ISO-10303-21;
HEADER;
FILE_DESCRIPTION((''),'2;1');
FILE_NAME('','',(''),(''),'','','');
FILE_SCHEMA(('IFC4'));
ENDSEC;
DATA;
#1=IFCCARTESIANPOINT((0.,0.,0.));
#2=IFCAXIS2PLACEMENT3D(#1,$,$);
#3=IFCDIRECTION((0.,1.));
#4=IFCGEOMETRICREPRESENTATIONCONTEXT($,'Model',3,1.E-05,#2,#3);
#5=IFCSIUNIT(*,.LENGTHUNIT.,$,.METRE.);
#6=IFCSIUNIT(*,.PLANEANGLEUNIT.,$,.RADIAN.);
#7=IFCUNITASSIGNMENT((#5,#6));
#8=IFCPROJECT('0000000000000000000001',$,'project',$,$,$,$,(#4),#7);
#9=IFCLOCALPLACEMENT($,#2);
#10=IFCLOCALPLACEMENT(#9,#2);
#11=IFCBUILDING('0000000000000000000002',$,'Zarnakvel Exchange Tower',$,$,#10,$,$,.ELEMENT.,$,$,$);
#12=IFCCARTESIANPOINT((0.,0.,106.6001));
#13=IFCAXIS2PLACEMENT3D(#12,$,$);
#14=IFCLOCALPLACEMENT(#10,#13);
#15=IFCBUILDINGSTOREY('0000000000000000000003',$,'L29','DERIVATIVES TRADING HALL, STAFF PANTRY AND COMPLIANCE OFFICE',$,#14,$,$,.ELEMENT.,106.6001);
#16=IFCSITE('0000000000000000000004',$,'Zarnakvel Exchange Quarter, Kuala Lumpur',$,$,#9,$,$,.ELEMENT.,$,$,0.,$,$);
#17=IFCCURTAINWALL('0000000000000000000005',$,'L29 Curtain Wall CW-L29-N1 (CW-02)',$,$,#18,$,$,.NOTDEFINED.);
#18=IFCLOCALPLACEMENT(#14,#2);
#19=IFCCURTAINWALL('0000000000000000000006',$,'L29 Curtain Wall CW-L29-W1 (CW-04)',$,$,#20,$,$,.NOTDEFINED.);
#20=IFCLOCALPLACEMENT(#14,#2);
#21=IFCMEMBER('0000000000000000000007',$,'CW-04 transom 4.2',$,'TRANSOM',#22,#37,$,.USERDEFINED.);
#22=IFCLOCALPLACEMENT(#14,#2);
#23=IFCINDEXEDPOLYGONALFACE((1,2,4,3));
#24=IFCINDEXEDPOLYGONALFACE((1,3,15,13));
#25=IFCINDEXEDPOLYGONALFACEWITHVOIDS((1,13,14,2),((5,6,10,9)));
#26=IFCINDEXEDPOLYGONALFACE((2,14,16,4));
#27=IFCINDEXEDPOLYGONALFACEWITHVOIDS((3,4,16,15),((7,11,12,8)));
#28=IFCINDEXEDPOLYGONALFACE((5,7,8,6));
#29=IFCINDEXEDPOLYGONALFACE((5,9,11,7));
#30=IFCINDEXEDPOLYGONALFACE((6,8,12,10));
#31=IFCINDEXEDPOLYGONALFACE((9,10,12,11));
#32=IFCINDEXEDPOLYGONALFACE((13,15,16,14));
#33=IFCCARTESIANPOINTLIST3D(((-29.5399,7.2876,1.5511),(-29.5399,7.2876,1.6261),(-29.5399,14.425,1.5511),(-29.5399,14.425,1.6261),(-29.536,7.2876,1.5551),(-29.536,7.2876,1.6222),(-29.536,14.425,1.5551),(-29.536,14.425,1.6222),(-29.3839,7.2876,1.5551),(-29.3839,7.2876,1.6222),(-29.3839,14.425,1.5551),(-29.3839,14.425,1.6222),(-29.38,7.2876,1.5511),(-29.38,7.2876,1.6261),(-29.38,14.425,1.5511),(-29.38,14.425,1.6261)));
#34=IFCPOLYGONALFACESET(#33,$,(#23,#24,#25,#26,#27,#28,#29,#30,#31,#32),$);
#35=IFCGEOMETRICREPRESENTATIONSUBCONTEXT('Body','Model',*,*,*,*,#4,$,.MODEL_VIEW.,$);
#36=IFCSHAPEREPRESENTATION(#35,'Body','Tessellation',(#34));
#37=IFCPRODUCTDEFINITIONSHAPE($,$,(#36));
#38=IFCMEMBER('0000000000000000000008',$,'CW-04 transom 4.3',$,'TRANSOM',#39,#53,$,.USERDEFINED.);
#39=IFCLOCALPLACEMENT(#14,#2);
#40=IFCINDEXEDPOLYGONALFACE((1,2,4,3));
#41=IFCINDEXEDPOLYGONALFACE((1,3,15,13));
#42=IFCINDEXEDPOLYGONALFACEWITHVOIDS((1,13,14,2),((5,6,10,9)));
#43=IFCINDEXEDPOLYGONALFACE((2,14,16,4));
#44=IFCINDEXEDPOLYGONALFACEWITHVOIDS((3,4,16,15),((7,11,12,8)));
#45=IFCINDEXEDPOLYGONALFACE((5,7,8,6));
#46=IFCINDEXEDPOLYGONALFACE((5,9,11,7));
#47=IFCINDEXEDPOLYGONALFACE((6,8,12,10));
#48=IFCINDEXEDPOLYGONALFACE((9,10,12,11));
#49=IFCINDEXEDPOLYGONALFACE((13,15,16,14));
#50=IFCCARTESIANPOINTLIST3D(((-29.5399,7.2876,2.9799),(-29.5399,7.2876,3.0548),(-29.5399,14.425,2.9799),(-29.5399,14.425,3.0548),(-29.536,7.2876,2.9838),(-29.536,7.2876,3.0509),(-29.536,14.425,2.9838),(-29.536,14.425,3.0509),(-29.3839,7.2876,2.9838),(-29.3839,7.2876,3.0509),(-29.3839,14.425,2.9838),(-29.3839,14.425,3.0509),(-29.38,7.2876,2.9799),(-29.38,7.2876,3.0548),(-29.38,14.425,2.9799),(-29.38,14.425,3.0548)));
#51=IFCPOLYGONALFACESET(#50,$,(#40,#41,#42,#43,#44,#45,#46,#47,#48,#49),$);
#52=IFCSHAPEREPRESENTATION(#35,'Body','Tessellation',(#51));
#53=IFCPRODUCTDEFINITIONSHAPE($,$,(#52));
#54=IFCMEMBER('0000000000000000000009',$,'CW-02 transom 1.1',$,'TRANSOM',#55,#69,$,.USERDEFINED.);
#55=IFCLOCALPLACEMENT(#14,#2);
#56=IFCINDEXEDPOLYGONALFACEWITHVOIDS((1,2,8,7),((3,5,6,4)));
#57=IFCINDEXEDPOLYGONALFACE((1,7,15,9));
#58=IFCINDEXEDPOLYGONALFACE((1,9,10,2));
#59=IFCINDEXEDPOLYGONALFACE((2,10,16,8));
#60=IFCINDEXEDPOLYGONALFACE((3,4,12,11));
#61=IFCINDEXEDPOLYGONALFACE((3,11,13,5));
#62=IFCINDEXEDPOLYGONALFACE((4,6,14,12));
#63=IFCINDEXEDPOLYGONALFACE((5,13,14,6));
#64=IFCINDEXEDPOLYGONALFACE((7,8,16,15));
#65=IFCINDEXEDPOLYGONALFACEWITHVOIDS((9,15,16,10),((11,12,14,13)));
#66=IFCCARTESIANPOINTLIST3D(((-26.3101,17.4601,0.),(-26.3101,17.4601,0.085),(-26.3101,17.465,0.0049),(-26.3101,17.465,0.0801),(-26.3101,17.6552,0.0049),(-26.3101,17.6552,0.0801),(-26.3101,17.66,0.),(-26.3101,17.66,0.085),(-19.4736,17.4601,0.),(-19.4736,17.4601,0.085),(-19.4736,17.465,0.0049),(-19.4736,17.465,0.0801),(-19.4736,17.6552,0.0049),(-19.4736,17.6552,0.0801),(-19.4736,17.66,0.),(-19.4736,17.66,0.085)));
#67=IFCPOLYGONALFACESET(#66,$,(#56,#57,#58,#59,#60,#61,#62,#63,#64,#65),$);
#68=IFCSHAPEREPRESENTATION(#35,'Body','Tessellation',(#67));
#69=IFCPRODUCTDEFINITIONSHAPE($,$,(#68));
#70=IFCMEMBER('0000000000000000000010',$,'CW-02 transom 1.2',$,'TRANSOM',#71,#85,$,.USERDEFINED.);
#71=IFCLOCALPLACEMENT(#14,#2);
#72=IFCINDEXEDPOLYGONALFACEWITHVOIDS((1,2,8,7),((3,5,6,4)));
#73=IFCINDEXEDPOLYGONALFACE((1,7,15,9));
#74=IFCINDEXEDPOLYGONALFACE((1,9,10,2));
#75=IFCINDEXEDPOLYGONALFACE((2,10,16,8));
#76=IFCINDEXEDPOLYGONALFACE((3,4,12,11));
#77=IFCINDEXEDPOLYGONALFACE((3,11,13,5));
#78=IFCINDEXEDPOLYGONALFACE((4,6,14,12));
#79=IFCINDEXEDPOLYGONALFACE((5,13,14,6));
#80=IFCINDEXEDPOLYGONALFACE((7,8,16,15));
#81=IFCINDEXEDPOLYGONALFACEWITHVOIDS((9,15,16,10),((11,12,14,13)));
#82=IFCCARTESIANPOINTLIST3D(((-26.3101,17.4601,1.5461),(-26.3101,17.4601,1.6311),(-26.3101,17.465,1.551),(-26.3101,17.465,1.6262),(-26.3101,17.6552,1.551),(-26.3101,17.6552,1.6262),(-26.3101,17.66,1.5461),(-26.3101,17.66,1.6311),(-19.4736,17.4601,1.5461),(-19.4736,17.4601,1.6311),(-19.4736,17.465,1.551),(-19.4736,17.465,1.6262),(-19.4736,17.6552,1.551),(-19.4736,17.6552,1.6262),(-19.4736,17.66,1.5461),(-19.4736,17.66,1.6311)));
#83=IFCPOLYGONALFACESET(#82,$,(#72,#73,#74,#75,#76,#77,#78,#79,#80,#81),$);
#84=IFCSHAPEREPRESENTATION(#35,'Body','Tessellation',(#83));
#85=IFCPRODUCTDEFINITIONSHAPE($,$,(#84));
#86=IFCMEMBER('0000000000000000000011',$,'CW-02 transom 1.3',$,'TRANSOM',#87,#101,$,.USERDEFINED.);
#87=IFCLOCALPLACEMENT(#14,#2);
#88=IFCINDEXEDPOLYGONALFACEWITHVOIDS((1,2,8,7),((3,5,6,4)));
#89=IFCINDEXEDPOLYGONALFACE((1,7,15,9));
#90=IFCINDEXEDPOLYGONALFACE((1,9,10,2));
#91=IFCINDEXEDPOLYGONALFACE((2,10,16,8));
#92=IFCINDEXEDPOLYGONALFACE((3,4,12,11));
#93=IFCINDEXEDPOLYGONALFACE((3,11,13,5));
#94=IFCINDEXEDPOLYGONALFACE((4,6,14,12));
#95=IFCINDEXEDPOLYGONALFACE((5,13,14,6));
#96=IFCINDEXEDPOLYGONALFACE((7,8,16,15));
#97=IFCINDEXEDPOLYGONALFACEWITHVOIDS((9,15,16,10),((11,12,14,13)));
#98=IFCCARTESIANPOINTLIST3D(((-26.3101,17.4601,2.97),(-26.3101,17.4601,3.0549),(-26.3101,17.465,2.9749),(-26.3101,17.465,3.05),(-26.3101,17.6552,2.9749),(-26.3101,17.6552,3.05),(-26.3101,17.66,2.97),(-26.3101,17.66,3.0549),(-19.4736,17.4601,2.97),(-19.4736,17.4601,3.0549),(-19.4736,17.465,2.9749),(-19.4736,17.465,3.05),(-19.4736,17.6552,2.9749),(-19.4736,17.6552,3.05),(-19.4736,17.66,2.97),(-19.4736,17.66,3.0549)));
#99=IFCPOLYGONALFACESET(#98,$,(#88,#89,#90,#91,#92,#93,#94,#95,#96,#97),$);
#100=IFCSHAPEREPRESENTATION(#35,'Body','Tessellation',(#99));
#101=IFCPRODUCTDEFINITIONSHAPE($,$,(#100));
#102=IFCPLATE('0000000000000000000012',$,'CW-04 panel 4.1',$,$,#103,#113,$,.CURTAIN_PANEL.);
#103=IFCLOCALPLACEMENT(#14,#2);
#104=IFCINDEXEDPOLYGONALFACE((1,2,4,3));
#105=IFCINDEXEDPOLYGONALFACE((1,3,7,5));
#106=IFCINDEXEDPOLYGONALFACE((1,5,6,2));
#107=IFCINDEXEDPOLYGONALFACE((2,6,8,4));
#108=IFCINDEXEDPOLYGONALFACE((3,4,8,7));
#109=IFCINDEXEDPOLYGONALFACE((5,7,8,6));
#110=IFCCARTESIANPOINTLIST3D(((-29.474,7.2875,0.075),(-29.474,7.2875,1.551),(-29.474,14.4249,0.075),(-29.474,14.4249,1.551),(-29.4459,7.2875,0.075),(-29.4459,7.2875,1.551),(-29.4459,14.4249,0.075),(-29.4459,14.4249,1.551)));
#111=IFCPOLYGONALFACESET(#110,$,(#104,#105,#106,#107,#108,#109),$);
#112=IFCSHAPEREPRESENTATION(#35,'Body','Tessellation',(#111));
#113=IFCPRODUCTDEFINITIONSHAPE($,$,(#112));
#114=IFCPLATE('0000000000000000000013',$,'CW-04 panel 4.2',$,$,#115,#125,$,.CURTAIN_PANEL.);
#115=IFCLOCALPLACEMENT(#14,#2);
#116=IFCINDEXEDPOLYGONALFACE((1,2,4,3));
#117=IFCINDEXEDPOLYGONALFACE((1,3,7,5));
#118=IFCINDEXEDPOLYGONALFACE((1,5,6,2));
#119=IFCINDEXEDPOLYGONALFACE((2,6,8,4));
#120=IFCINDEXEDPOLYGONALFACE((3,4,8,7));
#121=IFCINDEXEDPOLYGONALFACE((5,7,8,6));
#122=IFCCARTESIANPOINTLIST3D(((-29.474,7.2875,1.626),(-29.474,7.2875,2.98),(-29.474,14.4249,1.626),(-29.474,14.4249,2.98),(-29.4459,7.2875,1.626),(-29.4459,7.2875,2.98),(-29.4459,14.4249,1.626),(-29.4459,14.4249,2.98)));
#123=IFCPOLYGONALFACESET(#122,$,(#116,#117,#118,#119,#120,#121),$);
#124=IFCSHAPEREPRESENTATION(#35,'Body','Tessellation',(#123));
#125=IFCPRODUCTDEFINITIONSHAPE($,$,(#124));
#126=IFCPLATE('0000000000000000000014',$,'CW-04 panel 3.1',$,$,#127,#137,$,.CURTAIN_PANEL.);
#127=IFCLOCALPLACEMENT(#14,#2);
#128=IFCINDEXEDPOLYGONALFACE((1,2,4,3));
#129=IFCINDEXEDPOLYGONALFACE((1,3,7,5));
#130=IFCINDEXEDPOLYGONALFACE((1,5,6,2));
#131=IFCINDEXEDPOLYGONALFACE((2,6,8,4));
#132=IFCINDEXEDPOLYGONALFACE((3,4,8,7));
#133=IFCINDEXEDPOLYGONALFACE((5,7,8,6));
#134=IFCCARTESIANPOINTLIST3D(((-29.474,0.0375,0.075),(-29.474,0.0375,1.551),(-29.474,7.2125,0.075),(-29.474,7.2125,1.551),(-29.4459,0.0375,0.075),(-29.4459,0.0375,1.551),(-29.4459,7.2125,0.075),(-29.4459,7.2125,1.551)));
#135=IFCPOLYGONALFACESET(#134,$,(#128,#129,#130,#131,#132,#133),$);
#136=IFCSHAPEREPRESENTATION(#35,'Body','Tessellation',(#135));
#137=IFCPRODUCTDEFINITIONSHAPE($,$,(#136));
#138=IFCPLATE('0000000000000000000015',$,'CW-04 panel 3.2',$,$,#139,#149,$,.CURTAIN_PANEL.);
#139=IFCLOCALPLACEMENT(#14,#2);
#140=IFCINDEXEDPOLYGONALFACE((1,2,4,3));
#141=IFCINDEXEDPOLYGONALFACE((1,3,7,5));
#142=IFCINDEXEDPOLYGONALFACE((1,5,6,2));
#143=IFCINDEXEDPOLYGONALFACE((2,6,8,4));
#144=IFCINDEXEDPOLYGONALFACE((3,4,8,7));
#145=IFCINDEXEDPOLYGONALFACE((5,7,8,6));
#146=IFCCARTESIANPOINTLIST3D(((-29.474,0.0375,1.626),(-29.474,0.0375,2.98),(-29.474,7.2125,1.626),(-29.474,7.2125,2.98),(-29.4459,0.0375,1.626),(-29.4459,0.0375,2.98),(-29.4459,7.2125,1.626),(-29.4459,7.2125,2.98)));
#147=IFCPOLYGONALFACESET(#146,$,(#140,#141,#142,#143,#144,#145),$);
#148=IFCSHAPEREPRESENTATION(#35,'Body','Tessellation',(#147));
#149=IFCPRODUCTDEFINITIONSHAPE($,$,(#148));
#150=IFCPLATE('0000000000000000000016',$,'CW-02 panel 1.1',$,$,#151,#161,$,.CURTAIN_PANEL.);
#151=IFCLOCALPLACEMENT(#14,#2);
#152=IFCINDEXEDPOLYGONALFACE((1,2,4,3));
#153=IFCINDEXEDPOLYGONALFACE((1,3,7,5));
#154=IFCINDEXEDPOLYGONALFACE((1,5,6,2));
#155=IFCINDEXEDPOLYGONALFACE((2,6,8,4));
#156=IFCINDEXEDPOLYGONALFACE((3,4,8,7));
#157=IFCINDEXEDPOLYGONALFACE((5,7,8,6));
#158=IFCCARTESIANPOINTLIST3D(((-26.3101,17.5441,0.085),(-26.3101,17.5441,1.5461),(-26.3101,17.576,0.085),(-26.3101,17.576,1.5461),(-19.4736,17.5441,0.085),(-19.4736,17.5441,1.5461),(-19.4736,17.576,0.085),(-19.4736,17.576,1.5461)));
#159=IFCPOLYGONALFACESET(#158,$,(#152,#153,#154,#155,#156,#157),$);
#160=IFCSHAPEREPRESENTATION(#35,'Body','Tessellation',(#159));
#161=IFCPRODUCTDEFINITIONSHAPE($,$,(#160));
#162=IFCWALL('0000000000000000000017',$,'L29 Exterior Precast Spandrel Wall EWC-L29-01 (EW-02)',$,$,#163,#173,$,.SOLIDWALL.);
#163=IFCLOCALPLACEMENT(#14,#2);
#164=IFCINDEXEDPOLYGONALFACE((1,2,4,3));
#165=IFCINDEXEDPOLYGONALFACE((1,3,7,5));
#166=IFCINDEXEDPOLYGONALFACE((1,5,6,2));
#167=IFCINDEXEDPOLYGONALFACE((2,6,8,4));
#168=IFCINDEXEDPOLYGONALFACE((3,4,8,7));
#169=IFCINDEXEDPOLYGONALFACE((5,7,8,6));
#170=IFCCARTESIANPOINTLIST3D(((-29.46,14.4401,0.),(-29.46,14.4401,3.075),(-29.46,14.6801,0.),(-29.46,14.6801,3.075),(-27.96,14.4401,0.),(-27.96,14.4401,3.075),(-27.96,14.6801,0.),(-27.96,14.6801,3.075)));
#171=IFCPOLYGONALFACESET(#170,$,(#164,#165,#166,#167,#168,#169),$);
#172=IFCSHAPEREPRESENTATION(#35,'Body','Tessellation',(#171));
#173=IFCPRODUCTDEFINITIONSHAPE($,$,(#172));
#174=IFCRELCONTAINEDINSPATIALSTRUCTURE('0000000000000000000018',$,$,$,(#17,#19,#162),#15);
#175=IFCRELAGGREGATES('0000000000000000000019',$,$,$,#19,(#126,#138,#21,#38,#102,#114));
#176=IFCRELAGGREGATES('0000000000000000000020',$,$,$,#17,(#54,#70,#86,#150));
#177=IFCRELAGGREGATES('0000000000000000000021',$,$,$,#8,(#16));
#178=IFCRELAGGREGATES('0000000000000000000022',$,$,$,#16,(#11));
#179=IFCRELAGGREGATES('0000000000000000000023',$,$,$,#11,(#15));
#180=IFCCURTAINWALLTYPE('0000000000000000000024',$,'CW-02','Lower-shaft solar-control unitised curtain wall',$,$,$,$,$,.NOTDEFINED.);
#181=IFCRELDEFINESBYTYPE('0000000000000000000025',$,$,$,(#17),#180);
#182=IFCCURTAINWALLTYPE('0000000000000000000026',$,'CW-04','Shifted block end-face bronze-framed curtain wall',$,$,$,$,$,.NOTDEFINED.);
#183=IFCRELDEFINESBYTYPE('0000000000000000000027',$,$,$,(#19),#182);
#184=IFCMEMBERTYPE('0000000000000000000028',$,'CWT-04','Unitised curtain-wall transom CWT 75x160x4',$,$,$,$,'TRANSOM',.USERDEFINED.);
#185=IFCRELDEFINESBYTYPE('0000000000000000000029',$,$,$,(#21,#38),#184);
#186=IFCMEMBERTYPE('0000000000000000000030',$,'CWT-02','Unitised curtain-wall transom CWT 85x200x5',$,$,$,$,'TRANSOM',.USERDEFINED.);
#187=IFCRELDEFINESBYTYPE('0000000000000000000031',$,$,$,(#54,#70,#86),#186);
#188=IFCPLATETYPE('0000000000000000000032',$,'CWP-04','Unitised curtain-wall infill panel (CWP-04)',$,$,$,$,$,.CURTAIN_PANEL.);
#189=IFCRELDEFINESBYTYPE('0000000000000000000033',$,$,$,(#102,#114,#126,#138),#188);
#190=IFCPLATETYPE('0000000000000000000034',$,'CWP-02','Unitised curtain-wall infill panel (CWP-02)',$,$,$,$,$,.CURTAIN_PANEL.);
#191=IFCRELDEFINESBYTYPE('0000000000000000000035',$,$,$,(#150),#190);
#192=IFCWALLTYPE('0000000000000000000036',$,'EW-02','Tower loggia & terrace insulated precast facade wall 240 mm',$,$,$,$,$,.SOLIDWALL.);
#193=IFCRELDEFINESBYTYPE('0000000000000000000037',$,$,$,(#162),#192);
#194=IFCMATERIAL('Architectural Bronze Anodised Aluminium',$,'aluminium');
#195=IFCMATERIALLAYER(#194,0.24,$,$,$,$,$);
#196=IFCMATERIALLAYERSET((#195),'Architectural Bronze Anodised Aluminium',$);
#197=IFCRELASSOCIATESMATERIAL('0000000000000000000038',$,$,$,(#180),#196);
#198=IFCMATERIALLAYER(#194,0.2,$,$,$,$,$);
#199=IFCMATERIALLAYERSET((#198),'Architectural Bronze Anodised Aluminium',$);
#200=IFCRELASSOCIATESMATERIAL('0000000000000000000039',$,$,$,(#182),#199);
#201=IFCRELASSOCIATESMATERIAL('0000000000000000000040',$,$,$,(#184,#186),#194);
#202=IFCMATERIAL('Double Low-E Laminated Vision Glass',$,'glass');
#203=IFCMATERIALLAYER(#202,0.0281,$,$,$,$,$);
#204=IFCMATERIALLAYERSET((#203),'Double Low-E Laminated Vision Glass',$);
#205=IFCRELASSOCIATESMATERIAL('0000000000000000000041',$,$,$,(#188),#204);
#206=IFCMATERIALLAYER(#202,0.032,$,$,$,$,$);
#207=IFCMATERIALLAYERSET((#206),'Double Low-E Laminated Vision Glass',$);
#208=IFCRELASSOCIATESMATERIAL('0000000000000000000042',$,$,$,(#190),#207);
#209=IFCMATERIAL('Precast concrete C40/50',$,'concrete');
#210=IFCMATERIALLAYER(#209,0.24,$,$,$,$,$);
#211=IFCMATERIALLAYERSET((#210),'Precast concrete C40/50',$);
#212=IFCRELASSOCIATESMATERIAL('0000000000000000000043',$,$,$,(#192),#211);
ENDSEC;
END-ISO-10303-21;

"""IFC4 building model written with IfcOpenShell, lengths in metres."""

from ifc_helpers import new_model, si_unit, direction, frame, frame_2d, origin, origin_2d, place, context, subcontext, project, spatial, rectangle, hollow_rectangle, extrude, source, transform, mapped, material, layer, layer_set, material_profile, profile_set, type_object, element, aggregate, save


model = new_model("IFC4")

# Units and contexts
model_context = context("Model", 3, precision=1e-05, world=origin(), true_north=direction((0.0, 1.0)))
body_context = subcontext(model_context, "Body", "Model", "MODEL_VIEW")
ifc_project = project(units=[si_unit("LENGTHUNIT", "METRE"), si_unit("PLANEANGLEUNIT", "RADIAN")], contexts=[model_context])

# Site, building, storey
site_placement = place(None, origin())
site = spatial("IfcSite", under=ifc_project, at=site_placement, Name="Zarnakvel Exchange Quarter, Kuala Lumpur", CompositionType="ELEMENT", RefElevation=0.0)
building_placement = place(site_placement, origin())
building = spatial("IfcBuilding", under=site, at=building_placement, Name="Zarnakvel Exchange Tower", CompositionType="ELEMENT")
storey_placement = place(building_placement, frame((0.0, 0.0, 106.6001)))
storey = spatial("IfcBuildingStorey", under=building, at=storey_placement, Name="L29", Description="DERIVATIVES TRADING HALL, STAFF PANTRY AND COMPLIANCE OFFICE", CompositionType="ELEMENT", Elevation=106.6001)

# Curtain wall
ifc_material_1 = material(Name="Architectural Bronze Anodised Aluminium", Category="aluminium")
ifc_layer_1 = layer(ifc_material_1, 0.24)
ifc_layer_set_1 = layer_set([ifc_layer_1], Name="Architectural Bronze Anodised Aluminium")
curtain_wall_type_1 = type_object("IfcCurtainWallType", Name="CW-02", Description="Lower-shaft solar-control unitised curtain wall", PredefinedType="NOTDEFINED", material=ifc_layer_set_1)
curtain_wall_1_placement = place(storey_placement, origin())
curtain_wall_1 = element("IfcCurtainWall", 1, at=curtain_wall_1_placement, inside=storey, type_object=curtain_wall_type_1, Name="L29 Curtain Wall CW-L29-N1 (CW-02)", PredefinedType="NOTDEFINED")

# Curtain wall, members
ifc_layer_2 = layer(ifc_material_1, 0.2)
ifc_layer_set_2 = layer_set([ifc_layer_2], Name="Architectural Bronze Anodised Aluminium")
curtain_wall_type_2 = type_object("IfcCurtainWallType", Name="CW-04", Description="Shifted block end-face bronze-framed curtain wall", PredefinedType="NOTDEFINED", material=ifc_layer_set_2)
curtain_wall_2_placement = place(storey_placement, origin())
curtain_wall_2 = element("IfcCurtainWall", 2, at=curtain_wall_2_placement, inside=storey, type_object=curtain_wall_type_2, Name="L29 Curtain Wall CW-L29-W1 (CW-04)", PredefinedType="NOTDEFINED")
ifc_material_profile_1 = material_profile(ifc_material_1, hollow_rectangle(XDim=0.1599, YDim=0.075, WallThickness=0.0039, at=origin_2d()))
ifc_profile_set_1 = profile_set([ifc_material_profile_1], Name="Architectural Bronze Anodised Aluminium")
member_type_1 = type_object("IfcMemberType", Name="CWT-04", Description="Unitised curtain-wall transom CWT 75x160x4", ElementType="TRANSOM", PredefinedType="USERDEFINED", material=ifc_profile_set_1)
shared_shape_1 = source(origin(), body_context, "Body", "SweptSolid", [
    extrude(hollow_rectangle(XDim=0.1599, YDim=0.075, WallThickness=0.0039, at=origin_2d()), origin(), (0.0, 0.0, 1.0), 7.1375),
])
member_1_placement = place(storey_placement, frame((-29.46, 7.2876, 1.5886), z_axis=(0.0, 1.0, 0.0), x_axis=(-1.0, 0.0, 0.0)))
member_1 = element("IfcMember", 3, at=member_1_placement, type_object=member_type_1, Name="CW-04 transom 4.2", ObjectType="TRANSOM", PredefinedType="USERDEFINED", context=body_context, shape_type="MappedRepresentation", body=[
    mapped(shared_shape_1, transform((0.0, 0.0, 0.0), x_axis=(1.0, 0.0, 0.0), y_axis=(0.0, 1.0, 0.0), z_axis=(0.0, 0.0, 1.0), scale=1.0)),
])
member_2_placement = place(storey_placement, frame((-29.46, 7.2876, 3.0173), z_axis=(0.0, 1.0, 0.0), x_axis=(-1.0, 0.0, 0.0)))
member_2 = element("IfcMember", 4, at=member_2_placement, type_object=member_type_1, Name="CW-04 transom 4.3", ObjectType="TRANSOM", PredefinedType="USERDEFINED", context=body_context, shape_type="MappedRepresentation", body=[
    mapped(shared_shape_1, transform((0.0, 0.0, 0.0), x_axis=(1.0, 0.0, 0.0), y_axis=(0.0, 1.0, 0.0), z_axis=(0.0, 0.0, 1.0), scale=1.0)),
])

# Members
ifc_material_profile_2 = material_profile(ifc_material_1, hollow_rectangle(XDim=0.2, YDim=0.085, WallThickness=0.0049, at=origin_2d()))
ifc_profile_set_2 = profile_set([ifc_material_profile_2], Name="Architectural Bronze Anodised Aluminium")
member_type_2 = type_object("IfcMemberType", Name="CWT-02", Description="Unitised curtain-wall transom CWT 85x200x5", ElementType="TRANSOM", PredefinedType="USERDEFINED", material=ifc_profile_set_2)
shared_shape_2 = source(origin(), body_context, "Body", "SweptSolid", [
    extrude(hollow_rectangle(XDim=0.2, YDim=0.085, WallThickness=0.0049, at=origin_2d()), origin(), (0.0, 0.0, 1.0), 6.8364),
])
member_3_placement = place(storey_placement, frame((-26.3101, 17.5601, 0.0425), z_axis=(1.0, 0.0, 0.0), x_axis=(0.0, 1.0, 0.0)))
member_3 = element("IfcMember", 5, at=member_3_placement, type_object=member_type_2, Name="CW-02 transom 1.1", ObjectType="TRANSOM", PredefinedType="USERDEFINED", context=body_context, shape_type="MappedRepresentation", body=[
    mapped(shared_shape_2, transform((0.0, 0.0, 0.0), x_axis=(1.0, 0.0, 0.0), y_axis=(0.0, 1.0, 0.0), z_axis=(0.0, 0.0, 1.0), scale=1.0)),
])
member_4_placement = place(storey_placement, frame((-26.3101, 17.5601, 1.5886), z_axis=(1.0, 0.0, 0.0), x_axis=(0.0, 1.0, 0.0)))
member_4 = element("IfcMember", 6, at=member_4_placement, type_object=member_type_2, Name="CW-02 transom 1.2", ObjectType="TRANSOM", PredefinedType="USERDEFINED", context=body_context, shape_type="MappedRepresentation", body=[
    mapped(shared_shape_2, transform((0.0, 0.0, 0.0), x_axis=(1.0, 0.0, 0.0), y_axis=(0.0, 1.0, 0.0), z_axis=(0.0, 0.0, 1.0), scale=1.0)),
])
member_5_placement = place(storey_placement, frame((-26.3101, 17.5601, 3.0125), z_axis=(1.0, 0.0, 0.0), x_axis=(0.0, 1.0, 0.0)))
member_5 = element("IfcMember", 7, at=member_5_placement, type_object=member_type_2, Name="CW-02 transom 1.3", ObjectType="TRANSOM", PredefinedType="USERDEFINED", context=body_context, shape_type="MappedRepresentation", body=[
    mapped(shared_shape_2, transform((0.0, 0.0, 0.0), x_axis=(1.0, 0.0, 0.0), y_axis=(0.0, 1.0, 0.0), z_axis=(0.0, 0.0, 1.0), scale=1.0)),
])

# Plates
ifc_material_2 = material(Name="Double Low-E Laminated Vision Glass", Category="glass")
ifc_layer_3 = layer(ifc_material_2, 0.0281)
ifc_layer_set_3 = layer_set([ifc_layer_3], Name="Double Low-E Laminated Vision Glass")
plate_type_1 = type_object("IfcPlateType", Name="CWP-04", Description="Unitised curtain-wall infill panel (CWP-04)", PredefinedType="CURTAIN_PANEL", material=ifc_layer_set_3)
shared_shape_3 = source(origin(), body_context, "Body", "SweptSolid", [
    extrude(rectangle(XDim=7.1375, YDim=0.0281, at=origin_2d()), origin(), (0.0, 0.0, 1.0), 1.4761),
])
plate_1_placement = place(storey_placement, frame((-29.46, 10.8562, 0.075), z_axis=(0.0, 0.0, 1.0), x_axis=(0.0, 1.0, 0.0)))
plate_1 = element("IfcPlate", 8, at=plate_1_placement, type_object=plate_type_1, Name="CW-04 panel 4.1", PredefinedType="CURTAIN_PANEL", context=body_context, shape_type="MappedRepresentation", body=[
    mapped(shared_shape_3, transform((0.0, 0.0, 0.0), x_axis=(1.0, 0.0, 0.0), y_axis=(0.0, 1.0, 0.0), z_axis=(0.0, 0.0, 1.0), scale=1.0)),
])
shared_shape_4 = source(origin(), body_context, "Body", "SweptSolid", [
    extrude(rectangle(XDim=7.1375, YDim=0.0281, at=origin_2d()), origin(), (0.0, 0.0, 1.0), 1.354),
])
plate_2_placement = place(storey_placement, frame((-29.46, 10.8562, 1.626), z_axis=(0.0, 0.0, 1.0), x_axis=(0.0, 1.0, 0.0)))
plate_2 = element("IfcPlate", 9, at=plate_2_placement, type_object=plate_type_1, Name="CW-04 panel 4.2", PredefinedType="CURTAIN_PANEL", context=body_context, shape_type="MappedRepresentation", body=[
    mapped(shared_shape_4, transform((0.0, 0.0, 0.0), x_axis=(1.0, 0.0, 0.0), y_axis=(0.0, 1.0, 0.0), z_axis=(0.0, 0.0, 1.0), scale=1.0)),
])
shared_shape_5 = source(origin(), body_context, "Body", "SweptSolid", [
    extrude(rectangle(XDim=7.175, YDim=0.0281, at=origin_2d()), origin(), (0.0, 0.0, 1.0), 1.4761),
])
plate_3_placement = place(storey_placement, frame((-29.46, 3.625, 0.075), z_axis=(0.0, 0.0, 1.0), x_axis=(0.0, 1.0, 0.0)))
plate_3 = element("IfcPlate", 10, at=plate_3_placement, type_object=plate_type_1, Name="CW-04 panel 3.1", PredefinedType="CURTAIN_PANEL", context=body_context, shape_type="MappedRepresentation", body=[
    mapped(shared_shape_5, transform((0.0, 0.0, 0.0), x_axis=(1.0, 0.0, 0.0), y_axis=(0.0, 1.0, 0.0), z_axis=(0.0, 0.0, 1.0), scale=1.0)),
])
shared_shape_6 = source(origin(), body_context, "Body", "SweptSolid", [
    extrude(rectangle(XDim=7.175, YDim=0.0281, at=origin_2d()), origin(), (0.0, 0.0, 1.0), 1.354),
])
plate_4_placement = place(storey_placement, frame((-29.46, 3.625, 1.626), z_axis=(0.0, 0.0, 1.0), x_axis=(0.0, 1.0, 0.0)))
plate_4 = element("IfcPlate", 11, at=plate_4_placement, type_object=plate_type_1, Name="CW-04 panel 3.2", PredefinedType="CURTAIN_PANEL", context=body_context, shape_type="MappedRepresentation", body=[
    mapped(shared_shape_6, transform((0.0, 0.0, 0.0), x_axis=(1.0, 0.0, 0.0), y_axis=(0.0, 1.0, 0.0), z_axis=(0.0, 0.0, 1.0), scale=1.0)),
])
aggregate(curtain_wall_2, [plate_3, plate_4, member_1, member_2, plate_1, plate_2])
ifc_layer_4 = layer(ifc_material_2, 0.032)
ifc_layer_set_4 = layer_set([ifc_layer_4], Name="Double Low-E Laminated Vision Glass")
plate_type_2 = type_object("IfcPlateType", Name="CWP-02", Description="Unitised curtain-wall infill panel (CWP-02)", PredefinedType="CURTAIN_PANEL", material=ifc_layer_set_4)
shared_shape_7 = source(origin(), body_context, "Body", "SweptSolid", [
    extrude(rectangle(XDim=6.8364, YDim=0.032, at=origin_2d()), origin(), (0.0, 0.0, 1.0), 1.4612),
])
plate_5_placement = place(storey_placement, frame((-22.8918, 17.5601, 0.085), z_axis=(0.0, 0.0, 1.0), x_axis=(1.0, 0.0, 0.0)))
plate_5 = element("IfcPlate", 12, at=plate_5_placement, type_object=plate_type_2, Name="CW-02 panel 1.1", PredefinedType="CURTAIN_PANEL", context=body_context, shape_type="MappedRepresentation", body=[
    mapped(shared_shape_7, transform((0.0, 0.0, 0.0), x_axis=(1.0, 0.0, 0.0), y_axis=(0.0, 1.0, 0.0), z_axis=(0.0, 0.0, 1.0), scale=1.0)),
])
aggregate(curtain_wall_1, [member_3, member_4, member_5, plate_5])

# Wall
ifc_material_3 = material(Name="Precast concrete C40/50", Category="concrete")
ifc_layer_5 = layer(ifc_material_3, 0.24)
ifc_layer_set_5 = layer_set([ifc_layer_5], Name="Precast concrete C40/50")
wall_type_1 = type_object("IfcWallType", Name="EW-02", Description="Tower loggia & terrace insulated precast facade wall 240 mm", PredefinedType="SOLIDWALL", material=ifc_layer_set_5)
for number, where, z_axis, x_axis, name in (
    (13, (-27.96, 14.5601, 0.0), (0.0, 0.0, 1.0), (-1.0, 0.0, 0.0), "L29 Exterior Precast Spandrel Wall EWC-L29-01 (EW-02)"),
):
    element("IfcWall", number, at=place(storey_placement, frame(where, z_axis=z_axis, x_axis=x_axis)), inside=storey, type_object=wall_type_1, Name=name, PredefinedType="SOLIDWALL", context=body_context, shape_type="SweptSolid", body=[
        extrude(rectangle(XDim=1.5, YDim=0.24, at=frame_2d((0.75, 0.0))), origin(), (0.0, 0.0, 1.0), 3.075),
    ])

save(model, "model.ifc")
